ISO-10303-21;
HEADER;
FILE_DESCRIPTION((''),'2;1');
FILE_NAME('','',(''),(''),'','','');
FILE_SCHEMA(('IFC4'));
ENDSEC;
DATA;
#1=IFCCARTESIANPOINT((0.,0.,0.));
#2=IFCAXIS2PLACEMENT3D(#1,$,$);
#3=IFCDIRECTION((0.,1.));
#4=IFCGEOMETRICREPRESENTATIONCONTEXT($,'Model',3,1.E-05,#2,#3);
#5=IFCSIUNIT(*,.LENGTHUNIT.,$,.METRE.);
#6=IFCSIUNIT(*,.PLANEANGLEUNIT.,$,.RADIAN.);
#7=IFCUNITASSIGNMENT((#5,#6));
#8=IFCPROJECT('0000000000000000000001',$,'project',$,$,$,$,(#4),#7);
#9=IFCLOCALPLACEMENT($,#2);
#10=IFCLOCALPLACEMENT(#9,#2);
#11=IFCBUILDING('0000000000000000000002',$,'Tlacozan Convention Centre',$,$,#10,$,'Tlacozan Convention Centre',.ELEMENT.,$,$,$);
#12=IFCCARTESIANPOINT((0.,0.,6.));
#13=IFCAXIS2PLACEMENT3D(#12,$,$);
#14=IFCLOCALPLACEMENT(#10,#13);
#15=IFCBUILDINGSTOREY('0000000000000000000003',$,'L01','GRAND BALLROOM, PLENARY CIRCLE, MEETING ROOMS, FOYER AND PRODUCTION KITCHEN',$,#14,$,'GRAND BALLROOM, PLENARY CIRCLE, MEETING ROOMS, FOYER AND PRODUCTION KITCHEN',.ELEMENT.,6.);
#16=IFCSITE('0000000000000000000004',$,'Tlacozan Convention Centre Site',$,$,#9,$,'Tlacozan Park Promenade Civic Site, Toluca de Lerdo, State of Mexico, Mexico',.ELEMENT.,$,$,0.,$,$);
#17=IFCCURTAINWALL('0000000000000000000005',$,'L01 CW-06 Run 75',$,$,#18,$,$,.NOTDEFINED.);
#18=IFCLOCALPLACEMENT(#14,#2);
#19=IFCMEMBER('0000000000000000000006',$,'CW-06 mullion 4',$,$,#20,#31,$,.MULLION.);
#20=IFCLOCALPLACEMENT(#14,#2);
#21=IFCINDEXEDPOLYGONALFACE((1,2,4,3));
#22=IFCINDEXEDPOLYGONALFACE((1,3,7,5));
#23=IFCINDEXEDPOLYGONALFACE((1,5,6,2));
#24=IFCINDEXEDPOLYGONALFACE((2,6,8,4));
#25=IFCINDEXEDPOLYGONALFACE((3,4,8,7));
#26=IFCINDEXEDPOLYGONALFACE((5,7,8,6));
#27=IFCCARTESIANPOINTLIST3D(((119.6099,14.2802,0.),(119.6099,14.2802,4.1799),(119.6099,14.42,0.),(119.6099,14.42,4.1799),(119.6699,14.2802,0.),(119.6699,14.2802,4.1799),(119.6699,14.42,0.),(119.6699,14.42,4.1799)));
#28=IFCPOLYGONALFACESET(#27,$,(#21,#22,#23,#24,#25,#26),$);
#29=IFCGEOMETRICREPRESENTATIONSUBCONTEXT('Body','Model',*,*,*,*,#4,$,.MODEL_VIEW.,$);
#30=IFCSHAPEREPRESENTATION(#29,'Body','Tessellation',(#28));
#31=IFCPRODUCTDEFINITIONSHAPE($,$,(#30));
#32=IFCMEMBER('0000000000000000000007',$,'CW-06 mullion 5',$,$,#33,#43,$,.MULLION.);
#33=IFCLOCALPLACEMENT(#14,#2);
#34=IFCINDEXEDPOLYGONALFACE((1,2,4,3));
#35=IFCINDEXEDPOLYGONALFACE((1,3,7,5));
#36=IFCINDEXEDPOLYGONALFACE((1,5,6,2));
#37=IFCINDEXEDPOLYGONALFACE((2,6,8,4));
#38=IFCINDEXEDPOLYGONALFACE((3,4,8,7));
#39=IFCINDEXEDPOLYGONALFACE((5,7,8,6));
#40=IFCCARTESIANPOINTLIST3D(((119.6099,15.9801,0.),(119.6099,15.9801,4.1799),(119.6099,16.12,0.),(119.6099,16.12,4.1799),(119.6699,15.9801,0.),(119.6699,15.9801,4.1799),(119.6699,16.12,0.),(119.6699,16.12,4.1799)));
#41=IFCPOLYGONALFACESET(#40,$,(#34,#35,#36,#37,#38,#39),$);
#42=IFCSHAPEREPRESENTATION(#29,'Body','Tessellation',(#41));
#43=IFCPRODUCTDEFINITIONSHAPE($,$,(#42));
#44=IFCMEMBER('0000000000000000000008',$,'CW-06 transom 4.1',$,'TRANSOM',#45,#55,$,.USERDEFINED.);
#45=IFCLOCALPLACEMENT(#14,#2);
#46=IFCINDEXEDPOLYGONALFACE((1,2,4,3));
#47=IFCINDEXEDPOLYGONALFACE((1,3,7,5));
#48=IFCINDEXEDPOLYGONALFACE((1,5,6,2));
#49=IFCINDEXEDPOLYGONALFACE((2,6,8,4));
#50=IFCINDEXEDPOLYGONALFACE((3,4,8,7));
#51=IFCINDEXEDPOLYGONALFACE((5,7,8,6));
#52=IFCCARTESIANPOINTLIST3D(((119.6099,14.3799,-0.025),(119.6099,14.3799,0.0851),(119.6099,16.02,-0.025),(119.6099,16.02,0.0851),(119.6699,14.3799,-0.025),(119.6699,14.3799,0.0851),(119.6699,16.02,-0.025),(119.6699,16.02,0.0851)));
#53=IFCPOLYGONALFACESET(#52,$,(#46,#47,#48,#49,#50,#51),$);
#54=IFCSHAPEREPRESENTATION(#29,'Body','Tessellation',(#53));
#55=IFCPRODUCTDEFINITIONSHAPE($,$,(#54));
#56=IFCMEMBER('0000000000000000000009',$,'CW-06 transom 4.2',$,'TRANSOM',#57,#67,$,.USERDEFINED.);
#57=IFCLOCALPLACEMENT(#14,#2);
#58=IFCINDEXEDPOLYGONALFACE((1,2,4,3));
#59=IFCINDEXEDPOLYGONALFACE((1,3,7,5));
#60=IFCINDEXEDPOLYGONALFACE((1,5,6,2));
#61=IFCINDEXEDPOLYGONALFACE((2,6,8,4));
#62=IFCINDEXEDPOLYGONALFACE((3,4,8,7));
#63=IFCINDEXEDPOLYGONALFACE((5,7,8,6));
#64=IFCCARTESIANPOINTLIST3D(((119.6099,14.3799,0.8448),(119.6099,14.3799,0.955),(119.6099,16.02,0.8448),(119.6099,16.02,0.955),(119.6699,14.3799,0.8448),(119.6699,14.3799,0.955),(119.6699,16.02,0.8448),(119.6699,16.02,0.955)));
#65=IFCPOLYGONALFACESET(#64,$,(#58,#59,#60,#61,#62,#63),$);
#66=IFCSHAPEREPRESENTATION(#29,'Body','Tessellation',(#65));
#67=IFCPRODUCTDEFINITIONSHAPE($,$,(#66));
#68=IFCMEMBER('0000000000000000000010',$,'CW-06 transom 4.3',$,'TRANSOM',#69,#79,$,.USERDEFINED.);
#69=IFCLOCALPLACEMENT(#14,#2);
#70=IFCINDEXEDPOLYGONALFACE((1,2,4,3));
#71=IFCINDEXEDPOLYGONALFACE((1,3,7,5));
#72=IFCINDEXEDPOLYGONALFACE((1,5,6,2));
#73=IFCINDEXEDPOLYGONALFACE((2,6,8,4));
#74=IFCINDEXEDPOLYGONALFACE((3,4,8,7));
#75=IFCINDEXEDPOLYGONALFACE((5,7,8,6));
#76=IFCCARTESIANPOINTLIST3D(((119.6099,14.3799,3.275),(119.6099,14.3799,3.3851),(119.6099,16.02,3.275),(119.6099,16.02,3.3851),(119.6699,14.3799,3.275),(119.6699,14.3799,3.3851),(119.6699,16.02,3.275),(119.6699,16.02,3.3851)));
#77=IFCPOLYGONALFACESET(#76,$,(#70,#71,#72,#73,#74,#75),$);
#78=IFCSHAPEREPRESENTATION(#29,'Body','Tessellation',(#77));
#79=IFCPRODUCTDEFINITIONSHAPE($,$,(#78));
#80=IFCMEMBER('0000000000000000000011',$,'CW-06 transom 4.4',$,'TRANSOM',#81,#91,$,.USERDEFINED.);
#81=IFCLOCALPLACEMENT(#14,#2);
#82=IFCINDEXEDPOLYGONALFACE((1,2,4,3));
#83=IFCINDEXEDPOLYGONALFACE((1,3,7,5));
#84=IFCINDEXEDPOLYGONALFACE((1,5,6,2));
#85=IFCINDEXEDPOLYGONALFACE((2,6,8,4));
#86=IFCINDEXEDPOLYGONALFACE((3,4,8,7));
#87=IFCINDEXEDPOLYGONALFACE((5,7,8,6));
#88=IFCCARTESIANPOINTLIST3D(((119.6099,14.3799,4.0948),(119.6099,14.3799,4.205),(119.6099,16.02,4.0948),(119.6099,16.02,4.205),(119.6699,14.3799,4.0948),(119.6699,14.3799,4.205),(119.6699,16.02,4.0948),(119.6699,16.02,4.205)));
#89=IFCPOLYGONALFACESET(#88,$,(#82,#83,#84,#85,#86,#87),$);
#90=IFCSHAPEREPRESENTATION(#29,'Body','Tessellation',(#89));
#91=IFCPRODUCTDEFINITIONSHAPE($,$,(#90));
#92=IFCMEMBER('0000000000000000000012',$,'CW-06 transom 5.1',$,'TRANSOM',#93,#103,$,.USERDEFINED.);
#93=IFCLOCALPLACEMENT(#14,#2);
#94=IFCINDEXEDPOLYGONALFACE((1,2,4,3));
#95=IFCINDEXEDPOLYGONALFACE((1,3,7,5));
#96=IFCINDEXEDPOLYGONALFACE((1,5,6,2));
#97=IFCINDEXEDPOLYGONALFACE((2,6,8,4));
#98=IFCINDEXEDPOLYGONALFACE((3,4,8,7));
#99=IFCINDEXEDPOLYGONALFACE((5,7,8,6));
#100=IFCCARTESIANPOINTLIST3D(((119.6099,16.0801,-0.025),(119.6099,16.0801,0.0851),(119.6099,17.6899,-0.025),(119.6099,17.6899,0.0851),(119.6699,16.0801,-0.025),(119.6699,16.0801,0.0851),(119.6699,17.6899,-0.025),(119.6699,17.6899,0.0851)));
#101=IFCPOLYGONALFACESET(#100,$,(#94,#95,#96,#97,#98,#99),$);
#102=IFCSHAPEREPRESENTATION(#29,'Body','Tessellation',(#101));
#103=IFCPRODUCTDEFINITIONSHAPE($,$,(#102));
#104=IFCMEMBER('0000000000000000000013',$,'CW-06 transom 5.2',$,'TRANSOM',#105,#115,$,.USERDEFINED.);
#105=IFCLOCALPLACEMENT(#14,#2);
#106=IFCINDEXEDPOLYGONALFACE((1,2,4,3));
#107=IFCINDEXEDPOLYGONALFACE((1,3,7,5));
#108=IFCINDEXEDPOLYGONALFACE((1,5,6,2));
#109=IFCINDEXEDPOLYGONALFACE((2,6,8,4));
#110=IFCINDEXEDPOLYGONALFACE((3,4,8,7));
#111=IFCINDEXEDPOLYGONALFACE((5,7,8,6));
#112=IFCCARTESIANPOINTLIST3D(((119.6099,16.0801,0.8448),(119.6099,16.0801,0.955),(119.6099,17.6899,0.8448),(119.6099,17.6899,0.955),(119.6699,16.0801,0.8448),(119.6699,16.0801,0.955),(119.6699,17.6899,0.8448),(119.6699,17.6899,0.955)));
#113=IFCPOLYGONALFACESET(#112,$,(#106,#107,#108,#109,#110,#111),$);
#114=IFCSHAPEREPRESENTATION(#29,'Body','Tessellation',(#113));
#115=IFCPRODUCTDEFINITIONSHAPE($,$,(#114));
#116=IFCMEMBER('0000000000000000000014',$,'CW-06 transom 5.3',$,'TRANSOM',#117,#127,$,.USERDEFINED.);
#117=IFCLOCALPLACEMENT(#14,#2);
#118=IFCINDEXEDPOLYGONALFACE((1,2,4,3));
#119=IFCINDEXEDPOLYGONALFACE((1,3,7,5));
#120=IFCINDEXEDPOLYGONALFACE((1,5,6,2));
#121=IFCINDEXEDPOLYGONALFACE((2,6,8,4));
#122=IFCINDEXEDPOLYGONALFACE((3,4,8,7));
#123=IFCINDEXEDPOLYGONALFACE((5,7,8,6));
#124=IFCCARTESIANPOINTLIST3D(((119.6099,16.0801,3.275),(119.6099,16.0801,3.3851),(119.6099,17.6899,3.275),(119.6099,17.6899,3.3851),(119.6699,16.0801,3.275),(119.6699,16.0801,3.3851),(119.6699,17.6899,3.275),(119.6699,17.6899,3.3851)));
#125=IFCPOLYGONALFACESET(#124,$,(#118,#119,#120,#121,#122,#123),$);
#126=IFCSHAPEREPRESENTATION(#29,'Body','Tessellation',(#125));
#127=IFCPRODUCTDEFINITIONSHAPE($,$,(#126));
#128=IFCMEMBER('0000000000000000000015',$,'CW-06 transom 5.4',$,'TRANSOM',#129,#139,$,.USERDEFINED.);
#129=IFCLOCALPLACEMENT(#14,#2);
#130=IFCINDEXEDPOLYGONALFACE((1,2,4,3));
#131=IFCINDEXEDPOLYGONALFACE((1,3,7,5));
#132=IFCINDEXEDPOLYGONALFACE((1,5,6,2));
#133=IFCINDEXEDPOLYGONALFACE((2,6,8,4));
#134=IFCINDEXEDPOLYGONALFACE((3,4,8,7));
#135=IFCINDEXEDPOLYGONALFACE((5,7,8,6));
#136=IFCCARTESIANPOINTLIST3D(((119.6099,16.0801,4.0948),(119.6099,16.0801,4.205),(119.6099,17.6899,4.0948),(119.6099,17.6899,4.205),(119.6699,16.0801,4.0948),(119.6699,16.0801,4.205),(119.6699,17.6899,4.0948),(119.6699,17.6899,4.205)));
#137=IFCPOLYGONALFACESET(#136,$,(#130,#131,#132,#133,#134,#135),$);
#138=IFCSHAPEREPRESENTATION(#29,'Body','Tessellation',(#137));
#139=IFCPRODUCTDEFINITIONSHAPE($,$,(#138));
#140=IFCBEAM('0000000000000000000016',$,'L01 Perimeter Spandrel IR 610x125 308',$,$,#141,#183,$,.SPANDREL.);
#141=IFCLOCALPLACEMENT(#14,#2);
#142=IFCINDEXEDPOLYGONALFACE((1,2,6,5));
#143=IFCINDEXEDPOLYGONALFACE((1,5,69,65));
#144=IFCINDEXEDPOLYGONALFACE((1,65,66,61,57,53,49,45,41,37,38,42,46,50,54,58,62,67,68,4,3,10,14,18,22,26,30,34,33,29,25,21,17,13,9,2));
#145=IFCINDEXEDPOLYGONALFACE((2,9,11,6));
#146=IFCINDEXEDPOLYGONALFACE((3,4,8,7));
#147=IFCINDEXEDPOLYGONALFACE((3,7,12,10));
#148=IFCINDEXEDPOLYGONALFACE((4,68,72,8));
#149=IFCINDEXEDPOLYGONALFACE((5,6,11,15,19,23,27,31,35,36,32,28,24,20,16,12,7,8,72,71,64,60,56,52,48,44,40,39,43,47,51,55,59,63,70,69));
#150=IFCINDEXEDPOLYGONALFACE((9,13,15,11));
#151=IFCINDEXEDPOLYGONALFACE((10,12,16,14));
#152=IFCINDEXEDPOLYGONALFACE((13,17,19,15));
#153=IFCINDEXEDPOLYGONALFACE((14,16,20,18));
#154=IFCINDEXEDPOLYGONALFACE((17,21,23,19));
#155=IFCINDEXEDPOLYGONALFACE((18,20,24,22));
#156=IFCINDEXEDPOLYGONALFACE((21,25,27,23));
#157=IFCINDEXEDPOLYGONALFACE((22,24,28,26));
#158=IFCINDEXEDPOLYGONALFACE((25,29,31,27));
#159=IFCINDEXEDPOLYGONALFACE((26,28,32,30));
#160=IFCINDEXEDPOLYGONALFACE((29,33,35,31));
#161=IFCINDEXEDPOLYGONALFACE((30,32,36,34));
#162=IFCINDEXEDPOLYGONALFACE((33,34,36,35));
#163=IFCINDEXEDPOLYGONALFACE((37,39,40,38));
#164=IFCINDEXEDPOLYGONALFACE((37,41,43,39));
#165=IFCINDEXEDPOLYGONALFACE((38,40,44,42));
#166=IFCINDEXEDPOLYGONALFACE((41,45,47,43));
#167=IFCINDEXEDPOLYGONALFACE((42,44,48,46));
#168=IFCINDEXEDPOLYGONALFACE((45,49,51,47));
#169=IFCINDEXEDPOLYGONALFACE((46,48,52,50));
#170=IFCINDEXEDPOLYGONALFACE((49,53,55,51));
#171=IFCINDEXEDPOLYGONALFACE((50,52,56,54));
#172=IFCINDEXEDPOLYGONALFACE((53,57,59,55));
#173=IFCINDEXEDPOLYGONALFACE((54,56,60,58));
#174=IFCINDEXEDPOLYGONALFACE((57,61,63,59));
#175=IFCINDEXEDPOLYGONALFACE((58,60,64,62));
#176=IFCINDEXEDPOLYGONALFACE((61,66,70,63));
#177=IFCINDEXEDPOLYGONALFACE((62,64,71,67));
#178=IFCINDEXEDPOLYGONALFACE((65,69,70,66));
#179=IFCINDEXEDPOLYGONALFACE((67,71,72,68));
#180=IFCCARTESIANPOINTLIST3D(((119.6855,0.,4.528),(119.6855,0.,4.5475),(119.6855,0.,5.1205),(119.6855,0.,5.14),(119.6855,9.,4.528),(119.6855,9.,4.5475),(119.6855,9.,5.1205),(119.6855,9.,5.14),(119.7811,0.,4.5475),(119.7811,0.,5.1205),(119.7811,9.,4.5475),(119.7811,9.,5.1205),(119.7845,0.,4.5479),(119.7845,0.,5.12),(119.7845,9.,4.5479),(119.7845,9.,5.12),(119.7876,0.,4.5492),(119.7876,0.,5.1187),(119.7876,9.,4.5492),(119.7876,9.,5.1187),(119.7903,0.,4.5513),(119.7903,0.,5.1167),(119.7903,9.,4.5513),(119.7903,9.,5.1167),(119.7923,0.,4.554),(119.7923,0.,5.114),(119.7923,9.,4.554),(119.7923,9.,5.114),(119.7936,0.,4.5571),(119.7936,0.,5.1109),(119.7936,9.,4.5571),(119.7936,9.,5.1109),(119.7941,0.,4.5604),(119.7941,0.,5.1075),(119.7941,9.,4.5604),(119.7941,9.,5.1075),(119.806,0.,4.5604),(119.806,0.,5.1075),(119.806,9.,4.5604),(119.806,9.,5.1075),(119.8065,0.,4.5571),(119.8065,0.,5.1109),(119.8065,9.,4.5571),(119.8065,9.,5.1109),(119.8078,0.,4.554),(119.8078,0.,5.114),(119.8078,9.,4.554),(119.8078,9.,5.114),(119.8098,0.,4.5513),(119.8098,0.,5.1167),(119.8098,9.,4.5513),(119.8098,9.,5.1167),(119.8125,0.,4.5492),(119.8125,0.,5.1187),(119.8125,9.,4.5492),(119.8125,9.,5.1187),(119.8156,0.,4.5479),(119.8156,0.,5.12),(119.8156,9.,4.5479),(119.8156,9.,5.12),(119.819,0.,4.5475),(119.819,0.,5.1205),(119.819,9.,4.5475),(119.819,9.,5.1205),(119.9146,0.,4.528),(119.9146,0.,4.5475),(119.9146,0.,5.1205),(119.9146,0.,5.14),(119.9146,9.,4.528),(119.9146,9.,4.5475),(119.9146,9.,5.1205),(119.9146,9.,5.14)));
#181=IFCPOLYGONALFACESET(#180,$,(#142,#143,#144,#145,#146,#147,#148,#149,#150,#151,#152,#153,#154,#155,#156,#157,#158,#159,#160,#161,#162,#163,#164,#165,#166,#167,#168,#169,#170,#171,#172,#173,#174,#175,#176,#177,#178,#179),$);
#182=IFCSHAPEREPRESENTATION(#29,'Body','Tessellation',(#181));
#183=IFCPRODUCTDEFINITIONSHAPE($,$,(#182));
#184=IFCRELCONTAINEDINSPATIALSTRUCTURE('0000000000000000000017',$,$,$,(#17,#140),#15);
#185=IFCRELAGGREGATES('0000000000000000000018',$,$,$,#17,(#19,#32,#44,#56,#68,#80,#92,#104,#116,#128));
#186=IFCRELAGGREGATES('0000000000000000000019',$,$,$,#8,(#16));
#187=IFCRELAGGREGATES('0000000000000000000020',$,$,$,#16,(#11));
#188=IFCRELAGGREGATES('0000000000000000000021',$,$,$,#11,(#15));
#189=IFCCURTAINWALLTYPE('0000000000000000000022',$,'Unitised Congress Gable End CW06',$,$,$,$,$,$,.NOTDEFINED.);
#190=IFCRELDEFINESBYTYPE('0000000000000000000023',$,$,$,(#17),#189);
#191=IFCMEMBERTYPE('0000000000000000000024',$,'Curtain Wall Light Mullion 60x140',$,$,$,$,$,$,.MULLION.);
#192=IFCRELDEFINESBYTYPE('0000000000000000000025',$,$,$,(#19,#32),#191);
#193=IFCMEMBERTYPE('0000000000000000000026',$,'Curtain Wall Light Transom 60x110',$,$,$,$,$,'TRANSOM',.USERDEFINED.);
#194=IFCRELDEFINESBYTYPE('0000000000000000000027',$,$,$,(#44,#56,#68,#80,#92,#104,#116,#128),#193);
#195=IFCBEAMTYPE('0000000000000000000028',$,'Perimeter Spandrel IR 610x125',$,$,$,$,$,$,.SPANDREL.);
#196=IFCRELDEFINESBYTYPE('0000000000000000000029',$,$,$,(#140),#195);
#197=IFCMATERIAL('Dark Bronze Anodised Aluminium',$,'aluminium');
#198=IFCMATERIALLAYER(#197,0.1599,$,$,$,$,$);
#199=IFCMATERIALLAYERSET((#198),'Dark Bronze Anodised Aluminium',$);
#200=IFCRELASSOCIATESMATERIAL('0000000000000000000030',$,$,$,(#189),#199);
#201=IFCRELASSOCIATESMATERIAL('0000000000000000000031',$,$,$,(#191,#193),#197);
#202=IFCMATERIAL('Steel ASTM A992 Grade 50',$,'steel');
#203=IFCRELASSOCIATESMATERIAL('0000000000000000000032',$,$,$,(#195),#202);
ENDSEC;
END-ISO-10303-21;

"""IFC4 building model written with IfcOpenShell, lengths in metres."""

from ifc_helpers import new_model, si_unit, direction, frame, origin, origin_2d, place, context, subcontext, project, spatial, rectangle, i_section, extrude, material, layer, layer_set, material_profile, profile_set, type_object, element, aggregate, save


model = new_model("IFC4")

# Units and contexts
model_context = context("Model", 3, precision=1e-05, world=origin(), true_north=direction((0.0, 1.0)))
body_context = subcontext(model_context, "Body", "Model", "MODEL_VIEW")
ifc_project = project(units=[si_unit("LENGTHUNIT", "METRE"), si_unit("PLANEANGLEUNIT", "RADIAN")], contexts=[model_context])

# Site, building, storey
site_placement = place(None, origin())
site = spatial("IfcSite", under=ifc_project, at=site_placement, Name="Tlacozan Convention Centre Site", LongName="Tlacozan Park Promenade Civic Site, Toluca de Lerdo, State of Mexico, Mexico", CompositionType="ELEMENT", RefElevation=0.0)
building_placement = place(site_placement, origin())
building = spatial("IfcBuilding", under=site, at=building_placement, Name="Tlacozan Convention Centre", LongName="Tlacozan Convention Centre", CompositionType="ELEMENT")
storey_placement = place(building_placement, frame((0.0, 0.0, 6.0)))
storey = spatial("IfcBuildingStorey", under=building, at=storey_placement, Name="L01", Description="GRAND BALLROOM, PLENARY CIRCLE, MEETING ROOMS, FOYER AND PRODUCTION KITCHEN", LongName="GRAND BALLROOM, PLENARY CIRCLE, MEETING ROOMS, FOYER AND PRODUCTION KITCHEN", CompositionType="ELEMENT", Elevation=6.0)

# Curtain wall, members
ifc_material_1 = material(Name="Dark Bronze Anodised Aluminium", Category="aluminium")
ifc_layer_1 = layer(ifc_material_1, 0.1599)
ifc_layer_set_1 = layer_set([ifc_layer_1], Name="Dark Bronze Anodised Aluminium")
curtain_wall_type = type_object("IfcCurtainWallType", Name="Unitised Congress Gable End CW06", PredefinedType="NOTDEFINED", material=ifc_layer_set_1)
curtain_wall_placement = place(storey_placement, origin())
curtain_wall = element("IfcCurtainWall", 1, at=curtain_wall_placement, inside=storey, type_object=curtain_wall_type, Name="L01 CW-06 Run 75", PredefinedType="NOTDEFINED")
ifc_material_profile_1 = material_profile(ifc_material_1, rectangle(XDim=0.0601, YDim=0.1399, at=origin_2d()), Name="ALU 60x140")
ifc_profile_set_1 = profile_set([ifc_material_profile_1], Name="Dark Bronze Anodised Aluminium")
member_type_1 = type_object("IfcMemberType", Name="Curtain Wall Light Mullion 60x140", PredefinedType="MULLION", material=ifc_profile_set_1)
member_1_placement = place(storey_placement, frame((119.6399, 14.3501, 0.0), z_axis=(0.0, 0.0, 1.0), x_axis=(-1.0, 0.0, 0.0)))
member_1 = element("IfcMember", 2, at=member_1_placement, type_object=member_type_1, Name="CW-06 mullion 4", PredefinedType="MULLION", context=body_context, shape_type="SweptSolid", body=[
    extrude(rectangle(XDim=0.0601, YDim=0.1399, at=origin_2d()), origin(), (0.0, 0.0, 1.0), 4.1799),
])
member_2_placement = place(storey_placement, frame((119.6399, 16.05, 0.0), z_axis=(0.0, 0.0, 1.0), x_axis=(-1.0, 0.0, 0.0)))
member_2 = element("IfcMember", 3, at=member_2_placement, type_object=member_type_1, Name="CW-06 mullion 5", PredefinedType="MULLION", context=body_context, shape_type="SweptSolid", body=[
    extrude(rectangle(XDim=0.0601, YDim=0.1399, at=origin_2d()), origin(), (0.0, 0.0, 1.0), 4.1799),
])
ifc_material_profile_2 = material_profile(ifc_material_1, rectangle(XDim=0.0601, YDim=0.1101, at=origin_2d()), Name="ALU 60x110")
ifc_profile_set_2 = profile_set([ifc_material_profile_2], Name="Dark Bronze Anodised Aluminium")
member_type_2 = type_object("IfcMemberType", Name="Curtain Wall Light Transom 60x110", ElementType="TRANSOM", PredefinedType="USERDEFINED", material=ifc_profile_set_2)
member_3_placement = place(storey_placement, frame((119.6399, 14.3799, 0.03), z_axis=(0.0, 1.0, 0.0), x_axis=(-1.0, 0.0, 0.0)))
member_3 = element("IfcMember", 4, at=member_3_placement, type_object=member_type_2, Name="CW-06 transom 4.1", ObjectType="TRANSOM", PredefinedType="USERDEFINED", context=body_context, shape_type="SweptSolid", body=[
    extrude(rectangle(XDim=0.0601, YDim=0.1101, at=origin_2d()), origin(), (0.0, 0.0, 1.0), 1.6401),
])
member_4_placement = place(storey_placement, frame((119.6399, 14.3799, 0.8999), z_axis=(0.0, 1.0, 0.0), x_axis=(-1.0, 0.0, 0.0)))
member_4 = element("IfcMember", 5, at=member_4_placement, type_object=member_type_2, Name="CW-06 transom 4.2", ObjectType="TRANSOM", PredefinedType="USERDEFINED", context=body_context, shape_type="SweptSolid", body=[
    extrude(rectangle(XDim=0.0601, YDim=0.1101, at=origin_2d()), origin(), (0.0, 0.0, 1.0), 1.6401),
])
member_5_placement = place(storey_placement, frame((119.6399, 14.3799, 3.3301), z_axis=(0.0, 1.0, 0.0), x_axis=(-1.0, 0.0, 0.0)))
member_5 = element("IfcMember", 6, at=member_5_placement, type_object=member_type_2, Name="CW-06 transom 4.3", ObjectType="TRANSOM", PredefinedType="USERDEFINED", context=body_context, shape_type="SweptSolid", body=[
    extrude(rectangle(XDim=0.0601, YDim=0.1101, at=origin_2d()), origin(), (0.0, 0.0, 1.0), 1.6401),
])
member_6_placement = place(storey_placement, frame((119.6399, 14.3799, 4.1499), z_axis=(0.0, 1.0, 0.0), x_axis=(-1.0, 0.0, 0.0)))
member_6 = element("IfcMember", 7, at=member_6_placement, type_object=member_type_2, Name="CW-06 transom 4.4", ObjectType="TRANSOM", PredefinedType="USERDEFINED", context=body_context, shape_type="SweptSolid", body=[
    extrude(rectangle(XDim=0.0601, YDim=0.1101, at=origin_2d()), origin(), (0.0, 0.0, 1.0), 1.6401),
])
member_7_placement = place(storey_placement, frame((119.6399, 16.0801, 0.03), z_axis=(0.0, 1.0, 0.0), x_axis=(-1.0, 0.0, 0.0)))
member_7 = element("IfcMember", 8, at=member_7_placement, type_object=member_type_2, Name="CW-06 transom 5.1", ObjectType="TRANSOM", PredefinedType="USERDEFINED", context=body_context, shape_type="SweptSolid", body=[
    extrude(rectangle(XDim=0.0601, YDim=0.1101, at=origin_2d()), origin(), (0.0, 0.0, 1.0), 1.6099),
])
member_8_placement = place(storey_placement, frame((119.6399, 16.0801, 0.8999), z_axis=(0.0, 1.0, 0.0), x_axis=(-1.0, 0.0, 0.0)))
member_8 = element("IfcMember", 9, at=member_8_placement, type_object=member_type_2, Name="CW-06 transom 5.2", ObjectType="TRANSOM", PredefinedType="USERDEFINED", context=body_context, shape_type="SweptSolid", body=[
    extrude(rectangle(XDim=0.0601, YDim=0.1101, at=origin_2d()), origin(), (0.0, 0.0, 1.0), 1.6099),
])
member_9_placement = place(storey_placement, frame((119.6399, 16.0801, 3.3301), z_axis=(0.0, 1.0, 0.0), x_axis=(-1.0, 0.0, 0.0)))
member_9 = element("IfcMember", 10, at=member_9_placement, type_object=member_type_2, Name="CW-06 transom 5.3", ObjectType="TRANSOM", PredefinedType="USERDEFINED", context=body_context, shape_type="SweptSolid", body=[
    extrude(rectangle(XDim=0.0601, YDim=0.1101, at=origin_2d()), origin(), (0.0, 0.0, 1.0), 1.6099),
])
member_10_placement = place(storey_placement, frame((119.6399, 16.0801, 4.1499), z_axis=(0.0, 1.0, 0.0), x_axis=(-1.0, 0.0, 0.0)))
member_10 = element("IfcMember", 11, at=member_10_placement, type_object=member_type_2, Name="CW-06 transom 5.4", ObjectType="TRANSOM", PredefinedType="USERDEFINED", context=body_context, shape_type="SweptSolid", body=[
    extrude(rectangle(XDim=0.0601, YDim=0.1101, at=origin_2d()), origin(), (0.0, 0.0, 1.0), 1.6099),
])

# Beam
ifc_material_2 = material(Name="Steel ASTM A992 Grade 50", Category="steel")
ifc_material_profile_3 = material_profile(ifc_material_2, i_section(OverallWidth=0.229, OverallDepth=0.6121, WebThickness=0.012, FlangeThickness=0.0195, FilletRadius=0.0129, at=origin_2d()), Name="IR 610x125.0")
ifc_profile_set_3 = profile_set([ifc_material_profile_3], Name="Steel ASTM A992 Grade 50")
beam_type = type_object("IfcBeamType", Name="Perimeter Spandrel IR 610x125", PredefinedType="SPANDREL", material=ifc_profile_set_3)
for number, where, z_axis, x_axis, name in (
    (12, (119.8, 0.0, 4.834), (0.0, 1.0, 0.0), (-1.0, 0.0, 0.0), "L01 Perimeter Spandrel IR 610x125 308"),
):
    element("IfcBeam", number, at=place(storey_placement, frame(where, z_axis=z_axis, x_axis=x_axis)), inside=storey, type_object=beam_type, Name=name, PredefinedType="SPANDREL", context=body_context, shape_type="SweptSolid", body=[
        extrude(i_section(OverallWidth=0.229, OverallDepth=0.6121, WebThickness=0.012, FlangeThickness=0.0195, FilletRadius=0.0129, at=origin_2d()), origin(), (0.0, 0.0, 1.0), 9.0),
    ])

aggregate(curtain_wall, [member_1, member_2, member_3, member_4, member_5, member_6, member_7, member_8, member_9, member_10])

save(model, "model.ifc")
